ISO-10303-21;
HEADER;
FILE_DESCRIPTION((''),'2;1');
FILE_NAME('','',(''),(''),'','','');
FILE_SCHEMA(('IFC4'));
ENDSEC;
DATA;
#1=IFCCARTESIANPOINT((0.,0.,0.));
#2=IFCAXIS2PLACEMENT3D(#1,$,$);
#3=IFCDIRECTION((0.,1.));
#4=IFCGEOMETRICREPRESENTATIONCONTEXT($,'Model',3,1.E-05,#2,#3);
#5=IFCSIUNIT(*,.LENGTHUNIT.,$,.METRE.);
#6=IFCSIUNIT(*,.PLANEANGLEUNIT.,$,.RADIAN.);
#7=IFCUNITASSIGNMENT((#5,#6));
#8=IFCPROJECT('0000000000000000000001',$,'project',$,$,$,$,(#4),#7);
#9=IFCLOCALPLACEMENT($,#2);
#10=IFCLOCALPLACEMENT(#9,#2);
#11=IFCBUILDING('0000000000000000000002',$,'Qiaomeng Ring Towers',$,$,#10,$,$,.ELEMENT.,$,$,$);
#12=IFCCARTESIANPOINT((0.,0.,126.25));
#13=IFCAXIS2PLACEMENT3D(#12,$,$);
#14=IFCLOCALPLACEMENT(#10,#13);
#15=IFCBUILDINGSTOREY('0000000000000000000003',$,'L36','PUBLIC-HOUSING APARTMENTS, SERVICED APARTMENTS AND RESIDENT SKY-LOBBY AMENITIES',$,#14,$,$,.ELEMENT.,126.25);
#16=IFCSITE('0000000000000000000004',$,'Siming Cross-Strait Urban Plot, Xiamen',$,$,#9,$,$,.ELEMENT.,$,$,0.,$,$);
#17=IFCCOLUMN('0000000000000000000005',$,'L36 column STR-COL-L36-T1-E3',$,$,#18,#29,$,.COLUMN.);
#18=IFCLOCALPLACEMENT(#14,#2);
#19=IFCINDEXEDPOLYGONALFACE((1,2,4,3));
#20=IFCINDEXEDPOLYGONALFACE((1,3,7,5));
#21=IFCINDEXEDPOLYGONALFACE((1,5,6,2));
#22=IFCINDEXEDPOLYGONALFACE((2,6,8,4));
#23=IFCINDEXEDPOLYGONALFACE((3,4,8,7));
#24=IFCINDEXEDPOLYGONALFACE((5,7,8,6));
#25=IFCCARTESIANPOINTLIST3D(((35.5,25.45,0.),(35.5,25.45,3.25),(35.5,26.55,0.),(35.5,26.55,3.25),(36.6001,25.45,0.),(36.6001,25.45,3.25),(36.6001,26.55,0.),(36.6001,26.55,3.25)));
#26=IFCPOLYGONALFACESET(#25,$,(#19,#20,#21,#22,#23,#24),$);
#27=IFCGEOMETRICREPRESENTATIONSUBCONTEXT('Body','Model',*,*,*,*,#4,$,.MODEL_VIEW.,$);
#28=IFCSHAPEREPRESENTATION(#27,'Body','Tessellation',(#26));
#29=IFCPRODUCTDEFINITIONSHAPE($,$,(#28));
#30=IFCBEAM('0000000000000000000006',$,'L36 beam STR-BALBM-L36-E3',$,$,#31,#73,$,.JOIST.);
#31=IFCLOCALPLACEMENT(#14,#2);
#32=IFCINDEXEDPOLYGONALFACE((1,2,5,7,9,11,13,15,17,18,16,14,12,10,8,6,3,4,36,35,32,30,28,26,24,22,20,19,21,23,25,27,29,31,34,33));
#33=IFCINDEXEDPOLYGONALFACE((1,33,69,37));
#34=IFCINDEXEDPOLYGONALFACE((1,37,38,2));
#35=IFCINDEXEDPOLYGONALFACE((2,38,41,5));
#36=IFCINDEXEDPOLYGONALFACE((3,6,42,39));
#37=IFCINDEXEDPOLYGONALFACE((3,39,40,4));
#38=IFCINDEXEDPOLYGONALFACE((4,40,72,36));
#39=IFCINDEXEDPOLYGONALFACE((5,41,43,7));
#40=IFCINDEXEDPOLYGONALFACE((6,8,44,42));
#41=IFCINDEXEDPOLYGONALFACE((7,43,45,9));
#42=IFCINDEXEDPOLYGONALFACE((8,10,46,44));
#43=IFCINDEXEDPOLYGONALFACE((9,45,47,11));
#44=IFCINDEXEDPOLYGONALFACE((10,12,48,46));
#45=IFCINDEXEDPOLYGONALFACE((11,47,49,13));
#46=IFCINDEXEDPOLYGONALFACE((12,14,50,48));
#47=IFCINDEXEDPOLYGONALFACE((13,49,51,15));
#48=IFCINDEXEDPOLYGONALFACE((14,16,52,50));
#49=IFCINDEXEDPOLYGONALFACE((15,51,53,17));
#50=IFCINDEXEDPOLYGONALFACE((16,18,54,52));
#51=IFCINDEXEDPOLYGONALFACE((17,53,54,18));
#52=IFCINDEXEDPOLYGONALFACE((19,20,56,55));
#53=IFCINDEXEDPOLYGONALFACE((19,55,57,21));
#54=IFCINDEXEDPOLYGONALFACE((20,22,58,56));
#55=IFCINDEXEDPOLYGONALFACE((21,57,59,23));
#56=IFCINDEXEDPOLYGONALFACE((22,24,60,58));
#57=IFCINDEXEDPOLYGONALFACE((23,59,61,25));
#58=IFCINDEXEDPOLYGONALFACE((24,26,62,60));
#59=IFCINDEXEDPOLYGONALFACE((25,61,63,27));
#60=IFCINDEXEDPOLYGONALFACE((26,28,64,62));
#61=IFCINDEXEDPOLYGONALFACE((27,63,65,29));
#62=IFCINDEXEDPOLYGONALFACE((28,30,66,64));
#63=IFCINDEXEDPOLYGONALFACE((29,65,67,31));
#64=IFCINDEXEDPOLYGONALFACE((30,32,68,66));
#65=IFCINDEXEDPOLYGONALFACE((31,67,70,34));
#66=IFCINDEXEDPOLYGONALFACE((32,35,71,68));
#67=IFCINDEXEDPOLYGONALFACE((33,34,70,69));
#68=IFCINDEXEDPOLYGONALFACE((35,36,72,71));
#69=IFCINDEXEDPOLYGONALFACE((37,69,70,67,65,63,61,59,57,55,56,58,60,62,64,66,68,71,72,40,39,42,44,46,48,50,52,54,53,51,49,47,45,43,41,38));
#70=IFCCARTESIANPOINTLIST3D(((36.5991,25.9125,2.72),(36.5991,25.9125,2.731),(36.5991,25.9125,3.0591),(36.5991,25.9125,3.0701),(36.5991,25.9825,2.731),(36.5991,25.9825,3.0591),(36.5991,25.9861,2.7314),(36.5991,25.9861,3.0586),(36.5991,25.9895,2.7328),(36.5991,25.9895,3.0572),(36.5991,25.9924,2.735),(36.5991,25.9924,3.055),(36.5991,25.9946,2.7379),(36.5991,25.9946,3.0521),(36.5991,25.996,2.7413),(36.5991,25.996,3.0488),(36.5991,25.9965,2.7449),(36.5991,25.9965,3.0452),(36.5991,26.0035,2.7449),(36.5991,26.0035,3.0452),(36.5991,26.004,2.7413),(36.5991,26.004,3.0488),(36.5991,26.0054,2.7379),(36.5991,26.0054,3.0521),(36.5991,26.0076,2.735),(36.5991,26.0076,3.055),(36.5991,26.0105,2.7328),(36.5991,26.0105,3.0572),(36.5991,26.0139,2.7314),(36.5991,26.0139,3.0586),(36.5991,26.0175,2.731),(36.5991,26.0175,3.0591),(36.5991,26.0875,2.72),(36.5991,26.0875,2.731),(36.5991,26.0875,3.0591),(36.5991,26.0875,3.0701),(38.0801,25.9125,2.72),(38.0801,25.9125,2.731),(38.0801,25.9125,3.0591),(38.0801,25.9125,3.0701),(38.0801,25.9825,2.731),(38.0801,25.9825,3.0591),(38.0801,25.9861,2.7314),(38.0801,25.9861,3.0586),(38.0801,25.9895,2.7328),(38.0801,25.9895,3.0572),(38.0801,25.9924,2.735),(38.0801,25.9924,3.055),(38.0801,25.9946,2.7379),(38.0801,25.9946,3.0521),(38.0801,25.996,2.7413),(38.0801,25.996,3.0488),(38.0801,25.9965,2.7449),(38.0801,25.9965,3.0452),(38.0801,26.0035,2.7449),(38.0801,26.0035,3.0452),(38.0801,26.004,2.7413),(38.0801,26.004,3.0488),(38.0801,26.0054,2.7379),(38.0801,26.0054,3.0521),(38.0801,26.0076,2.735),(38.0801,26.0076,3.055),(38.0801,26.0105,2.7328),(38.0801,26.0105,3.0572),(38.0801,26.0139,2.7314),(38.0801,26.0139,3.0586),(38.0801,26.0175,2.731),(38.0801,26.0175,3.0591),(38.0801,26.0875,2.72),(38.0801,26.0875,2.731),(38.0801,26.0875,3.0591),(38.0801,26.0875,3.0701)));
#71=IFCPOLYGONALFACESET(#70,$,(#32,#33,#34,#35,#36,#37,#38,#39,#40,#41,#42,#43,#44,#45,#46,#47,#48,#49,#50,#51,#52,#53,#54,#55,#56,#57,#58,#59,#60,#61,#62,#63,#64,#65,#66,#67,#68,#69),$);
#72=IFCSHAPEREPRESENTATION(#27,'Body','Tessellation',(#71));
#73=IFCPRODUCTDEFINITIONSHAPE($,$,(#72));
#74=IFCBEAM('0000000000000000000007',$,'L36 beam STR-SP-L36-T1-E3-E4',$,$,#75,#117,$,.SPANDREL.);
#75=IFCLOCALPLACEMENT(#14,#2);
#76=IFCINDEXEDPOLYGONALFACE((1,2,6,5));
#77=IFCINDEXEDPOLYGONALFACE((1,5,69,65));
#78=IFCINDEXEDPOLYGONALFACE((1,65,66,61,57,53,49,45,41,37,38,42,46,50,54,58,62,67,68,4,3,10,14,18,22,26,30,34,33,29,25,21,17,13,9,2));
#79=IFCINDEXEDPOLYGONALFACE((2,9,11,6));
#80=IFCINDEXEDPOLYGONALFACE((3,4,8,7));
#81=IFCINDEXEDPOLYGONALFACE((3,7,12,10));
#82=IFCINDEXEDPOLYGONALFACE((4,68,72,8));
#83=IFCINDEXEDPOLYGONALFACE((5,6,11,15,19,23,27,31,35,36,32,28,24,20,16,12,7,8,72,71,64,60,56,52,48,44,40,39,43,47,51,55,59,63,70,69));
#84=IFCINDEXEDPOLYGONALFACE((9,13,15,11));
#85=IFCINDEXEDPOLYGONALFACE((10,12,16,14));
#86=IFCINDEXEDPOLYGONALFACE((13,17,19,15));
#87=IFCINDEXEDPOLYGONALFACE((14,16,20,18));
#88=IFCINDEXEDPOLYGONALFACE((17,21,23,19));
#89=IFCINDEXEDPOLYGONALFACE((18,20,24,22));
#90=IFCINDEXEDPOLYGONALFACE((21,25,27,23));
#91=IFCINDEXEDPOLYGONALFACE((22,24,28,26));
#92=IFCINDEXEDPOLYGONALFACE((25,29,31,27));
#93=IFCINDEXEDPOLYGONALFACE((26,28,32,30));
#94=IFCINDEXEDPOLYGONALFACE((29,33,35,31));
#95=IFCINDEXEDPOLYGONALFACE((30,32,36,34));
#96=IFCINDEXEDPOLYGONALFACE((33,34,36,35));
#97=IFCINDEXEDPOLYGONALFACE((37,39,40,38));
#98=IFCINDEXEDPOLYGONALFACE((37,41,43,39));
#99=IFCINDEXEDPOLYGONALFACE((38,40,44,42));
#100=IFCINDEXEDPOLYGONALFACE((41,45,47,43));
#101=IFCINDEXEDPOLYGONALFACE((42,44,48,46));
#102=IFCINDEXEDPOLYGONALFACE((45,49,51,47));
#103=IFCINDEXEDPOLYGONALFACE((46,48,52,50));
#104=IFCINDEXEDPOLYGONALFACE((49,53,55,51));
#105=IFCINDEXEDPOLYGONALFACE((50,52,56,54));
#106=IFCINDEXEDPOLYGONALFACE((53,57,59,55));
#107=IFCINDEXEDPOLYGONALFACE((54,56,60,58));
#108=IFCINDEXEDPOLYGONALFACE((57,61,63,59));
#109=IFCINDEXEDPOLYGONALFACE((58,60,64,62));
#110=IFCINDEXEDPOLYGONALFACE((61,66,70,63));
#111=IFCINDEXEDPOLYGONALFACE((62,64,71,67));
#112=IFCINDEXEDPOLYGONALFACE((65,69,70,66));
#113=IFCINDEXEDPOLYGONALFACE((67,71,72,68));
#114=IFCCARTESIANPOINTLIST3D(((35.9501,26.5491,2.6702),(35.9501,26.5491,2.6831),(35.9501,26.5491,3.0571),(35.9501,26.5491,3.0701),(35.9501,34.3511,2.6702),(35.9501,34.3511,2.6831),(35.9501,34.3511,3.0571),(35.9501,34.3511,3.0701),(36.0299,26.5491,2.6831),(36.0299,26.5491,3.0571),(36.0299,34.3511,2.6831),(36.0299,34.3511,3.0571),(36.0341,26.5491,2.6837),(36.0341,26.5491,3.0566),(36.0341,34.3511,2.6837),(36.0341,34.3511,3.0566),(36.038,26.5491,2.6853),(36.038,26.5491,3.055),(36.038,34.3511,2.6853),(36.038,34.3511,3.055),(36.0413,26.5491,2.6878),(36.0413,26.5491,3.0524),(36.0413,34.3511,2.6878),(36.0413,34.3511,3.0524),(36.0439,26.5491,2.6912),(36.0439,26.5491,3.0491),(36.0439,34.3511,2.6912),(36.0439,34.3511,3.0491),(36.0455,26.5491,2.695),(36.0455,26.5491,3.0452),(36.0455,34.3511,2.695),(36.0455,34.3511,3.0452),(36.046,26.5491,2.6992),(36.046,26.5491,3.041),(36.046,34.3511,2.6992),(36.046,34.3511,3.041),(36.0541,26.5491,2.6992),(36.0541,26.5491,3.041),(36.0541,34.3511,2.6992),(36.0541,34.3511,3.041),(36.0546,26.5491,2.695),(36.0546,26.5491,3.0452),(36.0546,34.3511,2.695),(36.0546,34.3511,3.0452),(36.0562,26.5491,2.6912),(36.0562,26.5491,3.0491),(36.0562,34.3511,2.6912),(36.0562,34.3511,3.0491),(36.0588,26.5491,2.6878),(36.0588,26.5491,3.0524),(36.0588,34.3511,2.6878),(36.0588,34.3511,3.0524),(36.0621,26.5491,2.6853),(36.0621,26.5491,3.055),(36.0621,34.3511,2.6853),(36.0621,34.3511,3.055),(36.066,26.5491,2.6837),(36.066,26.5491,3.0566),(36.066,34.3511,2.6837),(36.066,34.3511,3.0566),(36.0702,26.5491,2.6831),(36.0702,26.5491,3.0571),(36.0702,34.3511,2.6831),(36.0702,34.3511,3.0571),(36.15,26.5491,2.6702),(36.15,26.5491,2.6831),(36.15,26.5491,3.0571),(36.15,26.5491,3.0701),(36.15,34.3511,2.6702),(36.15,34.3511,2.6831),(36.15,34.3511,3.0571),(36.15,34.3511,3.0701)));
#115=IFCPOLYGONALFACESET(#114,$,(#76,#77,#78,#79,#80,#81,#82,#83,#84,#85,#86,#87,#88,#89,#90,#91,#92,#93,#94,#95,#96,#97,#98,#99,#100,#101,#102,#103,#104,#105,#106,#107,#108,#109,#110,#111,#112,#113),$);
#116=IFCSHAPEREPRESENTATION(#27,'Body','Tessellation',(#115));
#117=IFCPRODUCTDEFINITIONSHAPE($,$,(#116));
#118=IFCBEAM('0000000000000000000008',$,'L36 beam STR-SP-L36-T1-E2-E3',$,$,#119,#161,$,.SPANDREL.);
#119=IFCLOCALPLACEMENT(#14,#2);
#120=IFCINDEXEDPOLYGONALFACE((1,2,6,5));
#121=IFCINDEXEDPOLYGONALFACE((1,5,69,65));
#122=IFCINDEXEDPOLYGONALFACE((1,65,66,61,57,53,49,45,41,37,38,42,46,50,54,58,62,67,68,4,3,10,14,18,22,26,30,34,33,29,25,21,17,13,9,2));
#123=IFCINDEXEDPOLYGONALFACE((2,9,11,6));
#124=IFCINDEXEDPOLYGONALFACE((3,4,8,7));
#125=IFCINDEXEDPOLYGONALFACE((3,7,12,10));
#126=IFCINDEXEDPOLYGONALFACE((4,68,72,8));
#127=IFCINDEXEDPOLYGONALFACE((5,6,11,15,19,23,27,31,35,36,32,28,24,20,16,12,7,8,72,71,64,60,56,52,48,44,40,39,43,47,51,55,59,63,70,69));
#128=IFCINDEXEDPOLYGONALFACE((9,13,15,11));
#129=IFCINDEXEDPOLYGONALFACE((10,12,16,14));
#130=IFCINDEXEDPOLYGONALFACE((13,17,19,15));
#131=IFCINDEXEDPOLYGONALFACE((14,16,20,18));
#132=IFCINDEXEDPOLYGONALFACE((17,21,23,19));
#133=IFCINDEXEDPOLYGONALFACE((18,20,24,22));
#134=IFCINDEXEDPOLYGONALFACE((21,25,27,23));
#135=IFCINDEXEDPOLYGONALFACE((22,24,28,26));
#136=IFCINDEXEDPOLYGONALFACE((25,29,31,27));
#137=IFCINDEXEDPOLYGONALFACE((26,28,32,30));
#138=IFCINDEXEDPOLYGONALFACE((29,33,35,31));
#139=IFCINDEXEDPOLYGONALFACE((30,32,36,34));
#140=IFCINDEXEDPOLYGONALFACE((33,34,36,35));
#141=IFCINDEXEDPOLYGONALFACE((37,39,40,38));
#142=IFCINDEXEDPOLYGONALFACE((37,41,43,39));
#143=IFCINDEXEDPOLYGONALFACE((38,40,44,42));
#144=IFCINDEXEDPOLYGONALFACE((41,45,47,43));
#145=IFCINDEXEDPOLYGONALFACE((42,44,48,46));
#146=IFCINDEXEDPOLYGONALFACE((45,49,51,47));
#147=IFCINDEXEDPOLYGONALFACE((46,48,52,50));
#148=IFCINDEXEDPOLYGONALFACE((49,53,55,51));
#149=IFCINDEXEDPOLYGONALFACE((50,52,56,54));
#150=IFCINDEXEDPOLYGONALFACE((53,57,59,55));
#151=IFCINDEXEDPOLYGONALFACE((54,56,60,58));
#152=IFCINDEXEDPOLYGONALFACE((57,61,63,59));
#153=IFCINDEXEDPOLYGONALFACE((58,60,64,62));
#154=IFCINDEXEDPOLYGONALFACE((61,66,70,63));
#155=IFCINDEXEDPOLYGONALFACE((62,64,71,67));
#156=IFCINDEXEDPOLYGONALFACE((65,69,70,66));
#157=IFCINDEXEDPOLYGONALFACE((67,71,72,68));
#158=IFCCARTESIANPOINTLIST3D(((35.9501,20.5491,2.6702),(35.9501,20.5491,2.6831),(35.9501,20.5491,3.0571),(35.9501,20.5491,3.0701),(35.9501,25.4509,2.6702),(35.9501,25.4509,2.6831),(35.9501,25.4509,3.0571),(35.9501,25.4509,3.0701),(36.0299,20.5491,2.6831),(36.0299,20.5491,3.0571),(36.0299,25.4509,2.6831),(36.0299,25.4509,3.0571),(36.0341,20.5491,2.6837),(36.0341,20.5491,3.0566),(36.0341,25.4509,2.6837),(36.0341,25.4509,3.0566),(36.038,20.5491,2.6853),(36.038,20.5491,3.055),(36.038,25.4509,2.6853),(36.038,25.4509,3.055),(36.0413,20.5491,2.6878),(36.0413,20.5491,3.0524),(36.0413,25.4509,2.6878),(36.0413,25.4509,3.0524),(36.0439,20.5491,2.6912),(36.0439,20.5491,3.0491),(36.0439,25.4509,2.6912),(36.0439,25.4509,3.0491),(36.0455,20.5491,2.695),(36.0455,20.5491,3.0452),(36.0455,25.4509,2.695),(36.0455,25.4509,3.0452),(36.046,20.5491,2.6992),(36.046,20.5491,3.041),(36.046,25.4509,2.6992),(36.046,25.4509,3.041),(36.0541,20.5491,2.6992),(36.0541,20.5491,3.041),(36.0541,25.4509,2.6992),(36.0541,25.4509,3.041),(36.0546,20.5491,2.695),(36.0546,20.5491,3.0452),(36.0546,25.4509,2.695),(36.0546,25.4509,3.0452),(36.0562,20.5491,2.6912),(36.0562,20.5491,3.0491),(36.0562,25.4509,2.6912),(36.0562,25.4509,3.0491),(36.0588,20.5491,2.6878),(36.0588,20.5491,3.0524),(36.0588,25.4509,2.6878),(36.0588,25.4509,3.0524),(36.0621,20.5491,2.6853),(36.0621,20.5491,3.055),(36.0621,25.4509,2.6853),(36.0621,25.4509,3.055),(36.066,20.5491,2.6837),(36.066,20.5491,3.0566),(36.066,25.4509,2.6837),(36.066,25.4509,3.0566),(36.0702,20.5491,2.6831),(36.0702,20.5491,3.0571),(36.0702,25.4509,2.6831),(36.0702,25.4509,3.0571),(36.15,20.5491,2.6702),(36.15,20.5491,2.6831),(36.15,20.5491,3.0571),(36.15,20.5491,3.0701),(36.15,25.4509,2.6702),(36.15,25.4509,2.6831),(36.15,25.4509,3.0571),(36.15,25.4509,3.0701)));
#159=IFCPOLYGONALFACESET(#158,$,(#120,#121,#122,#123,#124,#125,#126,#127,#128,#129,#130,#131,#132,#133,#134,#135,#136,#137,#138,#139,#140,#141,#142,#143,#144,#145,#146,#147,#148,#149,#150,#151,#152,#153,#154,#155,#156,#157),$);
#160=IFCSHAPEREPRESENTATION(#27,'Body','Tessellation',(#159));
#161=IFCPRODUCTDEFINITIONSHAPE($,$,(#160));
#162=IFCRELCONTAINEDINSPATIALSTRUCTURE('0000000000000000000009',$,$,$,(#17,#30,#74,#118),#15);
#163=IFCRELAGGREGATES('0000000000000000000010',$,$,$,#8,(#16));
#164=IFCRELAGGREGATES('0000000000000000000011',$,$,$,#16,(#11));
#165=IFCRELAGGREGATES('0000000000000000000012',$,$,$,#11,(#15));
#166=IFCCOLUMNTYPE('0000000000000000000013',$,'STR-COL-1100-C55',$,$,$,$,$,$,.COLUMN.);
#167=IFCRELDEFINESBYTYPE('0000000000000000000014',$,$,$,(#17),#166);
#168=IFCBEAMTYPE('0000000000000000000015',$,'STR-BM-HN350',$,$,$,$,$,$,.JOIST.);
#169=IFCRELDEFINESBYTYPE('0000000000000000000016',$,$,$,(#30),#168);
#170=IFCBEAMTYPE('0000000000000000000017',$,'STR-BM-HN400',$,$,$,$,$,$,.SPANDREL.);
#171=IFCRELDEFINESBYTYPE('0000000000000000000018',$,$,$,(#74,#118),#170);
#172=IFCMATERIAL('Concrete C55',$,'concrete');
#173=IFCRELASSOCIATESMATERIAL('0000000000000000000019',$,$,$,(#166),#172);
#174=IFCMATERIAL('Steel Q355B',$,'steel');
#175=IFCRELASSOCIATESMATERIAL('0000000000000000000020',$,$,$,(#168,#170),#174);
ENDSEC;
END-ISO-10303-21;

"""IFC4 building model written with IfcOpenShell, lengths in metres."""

from ifc_helpers import new_model, si_unit, direction, frame, origin, origin_2d, place, context, subcontext, project, spatial, rectangle, i_section, extrude, source, transform, mapped, material, material_profile, profile_set, type_object, element, save


model = new_model("IFC4")

# Units and contexts
model_context = context("Model", 3, precision=1e-05, world=origin(), true_north=direction((0.0, 1.0)))
body_context = subcontext(model_context, "Body", "Model", "MODEL_VIEW")
ifc_project = project(units=[si_unit("LENGTHUNIT", "METRE"), si_unit("PLANEANGLEUNIT", "RADIAN")], contexts=[model_context])

# Site, building, storey
site_placement = place(None, origin())
site = spatial("IfcSite", under=ifc_project, at=site_placement, Name="Siming Cross-Strait Urban Plot, Xiamen", CompositionType="ELEMENT", RefElevation=0.0)
building_placement = place(site_placement, origin())
building = spatial("IfcBuilding", under=site, at=building_placement, Name="Qiaomeng Ring Towers", CompositionType="ELEMENT")
storey_placement = place(building_placement, frame((0.0, 0.0, 126.25)))
storey = spatial("IfcBuildingStorey", under=building, at=storey_placement, Name="L36", Description="PUBLIC-HOUSING APARTMENTS, SERVICED APARTMENTS AND RESIDENT SKY-LOBBY AMENITIES", CompositionType="ELEMENT", Elevation=126.25)

# Column
ifc_material_1 = material(Name="Concrete C55", Category="concrete")
ifc_material_profile_1 = material_profile(ifc_material_1, rectangle(XDim=1.1001, YDim=1.1001, at=origin_2d()), Name="RC COL 1100x1100")
ifc_profile_set_1 = profile_set([ifc_material_profile_1], Name="Concrete C55")
column_type = type_object("IfcColumnType", Name="STR-COL-1100-C55", PredefinedType="COLUMN", material=ifc_profile_set_1)
shared_shape_1 = source(origin(), body_context, "Body", "SweptSolid", [
    extrude(rectangle(XDim=1.1001, YDim=1.1001, at=origin_2d()), origin(), (0.0, 0.0, 1.0), 3.25),
])
column_placement = place(storey_placement, frame((36.05, 26.0, 0.0), z_axis=(0.0, 0.0, 1.0), x_axis=(1.0, 0.0, 0.0)))
element("IfcColumn", 1, at=column_placement, inside=storey, type_object=column_type, Name="L36 column STR-COL-L36-T1-E3", PredefinedType="COLUMN", context=body_context, shape_type="MappedRepresentation", body=[
    mapped(shared_shape_1, transform((0.0, 0.0, 0.0), x_axis=(1.0, 0.0, 0.0), y_axis=(0.0, 1.0, 0.0), z_axis=(0.0, 0.0, 1.0), scale=1.0)),
])

# Beams
ifc_material_2 = material(Name="Steel Q355B", Category="steel")
ifc_material_profile_2 = material_profile(ifc_material_2, i_section(OverallWidth=0.175, OverallDepth=0.3501, WebThickness=0.0071, FlangeThickness=0.011, FilletRadius=0.0139, at=origin_2d()), Name="HN 350x175x7x11")
ifc_profile_set_2 = profile_set([ifc_material_profile_2], Name="Steel Q355B")
beam_type_1 = type_object("IfcBeamType", Name="STR-BM-HN350", PredefinedType="JOIST", material=ifc_profile_set_2)
shared_shape_2 = source(origin(), body_context, "Body", "SweptSolid", [
    extrude(i_section(OverallWidth=0.175, OverallDepth=0.3501, WebThickness=0.0071, FlangeThickness=0.011, FilletRadius=0.0139, at=origin_2d()), origin(), (0.0, 0.0, 1.0), 1.481),
])
beam_1_placement = place(storey_placement, frame((36.5991, 26.0, 2.895), z_axis=(1.0, 0.0, 0.0), x_axis=(0.0, 1.0, 0.0)))
element("IfcBeam", 2, at=beam_1_placement, inside=storey, type_object=beam_type_1, Name="L36 beam STR-BALBM-L36-E3", PredefinedType="JOIST", context=body_context, shape_type="MappedRepresentation", body=[
    mapped(shared_shape_2, transform((0.0, 0.0, 0.0), x_axis=(1.0, 0.0, 0.0), y_axis=(0.0, 1.0, 0.0), z_axis=(0.0, 0.0, 1.0), scale=1.0)),
])
ifc_material_profile_3 = material_profile(ifc_material_2, i_section(OverallWidth=0.2, OverallDepth=0.3999, WebThickness=0.0081, FlangeThickness=0.0129, FilletRadius=0.0161, at=origin_2d()), Name="HN 400x200x8x13")
ifc_profile_set_3 = profile_set([ifc_material_profile_3], Name="Steel Q355B")
beam_type_2 = type_object("IfcBeamType", Name="STR-BM-HN400", PredefinedType="SPANDREL", material=ifc_profile_set_3)
shared_shape_3 = source(origin(), body_context, "Body", "SweptSolid", [
    extrude(i_section(OverallWidth=0.2, OverallDepth=0.3999, WebThickness=0.0081, FlangeThickness=0.0129, FilletRadius=0.0161, at=origin_2d()), origin(), (0.0, 0.0, 1.0), 7.802),
])
beam_2_placement = place(storey_placement, frame((36.05, 26.5491, 2.8701), z_axis=(0.0, 1.0, 0.0), x_axis=(-1.0, 0.0, 0.0)))
element("IfcBeam", 3, at=beam_2_placement, inside=storey, type_object=beam_type_2, Name="L36 beam STR-SP-L36-T1-E3-E4", PredefinedType="SPANDREL", context=body_context, shape_type="MappedRepresentation", body=[
    mapped(shared_shape_3, transform((0.0, 0.0, 0.0), x_axis=(1.0, 0.0, 0.0), y_axis=(0.0, 1.0, 0.0), z_axis=(0.0, 0.0, 1.0), scale=1.0)),
])
shared_shape_4 = source(origin(), body_context, "Body", "SweptSolid", [
    extrude(i_section(OverallWidth=0.2, OverallDepth=0.3999, WebThickness=0.0081, FlangeThickness=0.0129, FilletRadius=0.0161, at=origin_2d()), origin(), (0.0, 0.0, 1.0), 4.9019),
])
beam_3_placement = place(storey_placement, frame((36.05, 20.5491, 2.8701), z_axis=(0.0, 1.0, 0.0), x_axis=(-1.0, 0.0, 0.0)))
element("IfcBeam", 4, at=beam_3_placement, inside=storey, type_object=beam_type_2, Name="L36 beam STR-SP-L36-T1-E2-E3", PredefinedType="SPANDREL", context=body_context, shape_type="MappedRepresentation", body=[
    mapped(shared_shape_4, transform((0.0, 0.0, 0.0), x_axis=(1.0, 0.0, 0.0), y_axis=(0.0, 1.0, 0.0), z_axis=(0.0, 0.0, 1.0), scale=1.0)),
])

save(model, "model.ifc")
